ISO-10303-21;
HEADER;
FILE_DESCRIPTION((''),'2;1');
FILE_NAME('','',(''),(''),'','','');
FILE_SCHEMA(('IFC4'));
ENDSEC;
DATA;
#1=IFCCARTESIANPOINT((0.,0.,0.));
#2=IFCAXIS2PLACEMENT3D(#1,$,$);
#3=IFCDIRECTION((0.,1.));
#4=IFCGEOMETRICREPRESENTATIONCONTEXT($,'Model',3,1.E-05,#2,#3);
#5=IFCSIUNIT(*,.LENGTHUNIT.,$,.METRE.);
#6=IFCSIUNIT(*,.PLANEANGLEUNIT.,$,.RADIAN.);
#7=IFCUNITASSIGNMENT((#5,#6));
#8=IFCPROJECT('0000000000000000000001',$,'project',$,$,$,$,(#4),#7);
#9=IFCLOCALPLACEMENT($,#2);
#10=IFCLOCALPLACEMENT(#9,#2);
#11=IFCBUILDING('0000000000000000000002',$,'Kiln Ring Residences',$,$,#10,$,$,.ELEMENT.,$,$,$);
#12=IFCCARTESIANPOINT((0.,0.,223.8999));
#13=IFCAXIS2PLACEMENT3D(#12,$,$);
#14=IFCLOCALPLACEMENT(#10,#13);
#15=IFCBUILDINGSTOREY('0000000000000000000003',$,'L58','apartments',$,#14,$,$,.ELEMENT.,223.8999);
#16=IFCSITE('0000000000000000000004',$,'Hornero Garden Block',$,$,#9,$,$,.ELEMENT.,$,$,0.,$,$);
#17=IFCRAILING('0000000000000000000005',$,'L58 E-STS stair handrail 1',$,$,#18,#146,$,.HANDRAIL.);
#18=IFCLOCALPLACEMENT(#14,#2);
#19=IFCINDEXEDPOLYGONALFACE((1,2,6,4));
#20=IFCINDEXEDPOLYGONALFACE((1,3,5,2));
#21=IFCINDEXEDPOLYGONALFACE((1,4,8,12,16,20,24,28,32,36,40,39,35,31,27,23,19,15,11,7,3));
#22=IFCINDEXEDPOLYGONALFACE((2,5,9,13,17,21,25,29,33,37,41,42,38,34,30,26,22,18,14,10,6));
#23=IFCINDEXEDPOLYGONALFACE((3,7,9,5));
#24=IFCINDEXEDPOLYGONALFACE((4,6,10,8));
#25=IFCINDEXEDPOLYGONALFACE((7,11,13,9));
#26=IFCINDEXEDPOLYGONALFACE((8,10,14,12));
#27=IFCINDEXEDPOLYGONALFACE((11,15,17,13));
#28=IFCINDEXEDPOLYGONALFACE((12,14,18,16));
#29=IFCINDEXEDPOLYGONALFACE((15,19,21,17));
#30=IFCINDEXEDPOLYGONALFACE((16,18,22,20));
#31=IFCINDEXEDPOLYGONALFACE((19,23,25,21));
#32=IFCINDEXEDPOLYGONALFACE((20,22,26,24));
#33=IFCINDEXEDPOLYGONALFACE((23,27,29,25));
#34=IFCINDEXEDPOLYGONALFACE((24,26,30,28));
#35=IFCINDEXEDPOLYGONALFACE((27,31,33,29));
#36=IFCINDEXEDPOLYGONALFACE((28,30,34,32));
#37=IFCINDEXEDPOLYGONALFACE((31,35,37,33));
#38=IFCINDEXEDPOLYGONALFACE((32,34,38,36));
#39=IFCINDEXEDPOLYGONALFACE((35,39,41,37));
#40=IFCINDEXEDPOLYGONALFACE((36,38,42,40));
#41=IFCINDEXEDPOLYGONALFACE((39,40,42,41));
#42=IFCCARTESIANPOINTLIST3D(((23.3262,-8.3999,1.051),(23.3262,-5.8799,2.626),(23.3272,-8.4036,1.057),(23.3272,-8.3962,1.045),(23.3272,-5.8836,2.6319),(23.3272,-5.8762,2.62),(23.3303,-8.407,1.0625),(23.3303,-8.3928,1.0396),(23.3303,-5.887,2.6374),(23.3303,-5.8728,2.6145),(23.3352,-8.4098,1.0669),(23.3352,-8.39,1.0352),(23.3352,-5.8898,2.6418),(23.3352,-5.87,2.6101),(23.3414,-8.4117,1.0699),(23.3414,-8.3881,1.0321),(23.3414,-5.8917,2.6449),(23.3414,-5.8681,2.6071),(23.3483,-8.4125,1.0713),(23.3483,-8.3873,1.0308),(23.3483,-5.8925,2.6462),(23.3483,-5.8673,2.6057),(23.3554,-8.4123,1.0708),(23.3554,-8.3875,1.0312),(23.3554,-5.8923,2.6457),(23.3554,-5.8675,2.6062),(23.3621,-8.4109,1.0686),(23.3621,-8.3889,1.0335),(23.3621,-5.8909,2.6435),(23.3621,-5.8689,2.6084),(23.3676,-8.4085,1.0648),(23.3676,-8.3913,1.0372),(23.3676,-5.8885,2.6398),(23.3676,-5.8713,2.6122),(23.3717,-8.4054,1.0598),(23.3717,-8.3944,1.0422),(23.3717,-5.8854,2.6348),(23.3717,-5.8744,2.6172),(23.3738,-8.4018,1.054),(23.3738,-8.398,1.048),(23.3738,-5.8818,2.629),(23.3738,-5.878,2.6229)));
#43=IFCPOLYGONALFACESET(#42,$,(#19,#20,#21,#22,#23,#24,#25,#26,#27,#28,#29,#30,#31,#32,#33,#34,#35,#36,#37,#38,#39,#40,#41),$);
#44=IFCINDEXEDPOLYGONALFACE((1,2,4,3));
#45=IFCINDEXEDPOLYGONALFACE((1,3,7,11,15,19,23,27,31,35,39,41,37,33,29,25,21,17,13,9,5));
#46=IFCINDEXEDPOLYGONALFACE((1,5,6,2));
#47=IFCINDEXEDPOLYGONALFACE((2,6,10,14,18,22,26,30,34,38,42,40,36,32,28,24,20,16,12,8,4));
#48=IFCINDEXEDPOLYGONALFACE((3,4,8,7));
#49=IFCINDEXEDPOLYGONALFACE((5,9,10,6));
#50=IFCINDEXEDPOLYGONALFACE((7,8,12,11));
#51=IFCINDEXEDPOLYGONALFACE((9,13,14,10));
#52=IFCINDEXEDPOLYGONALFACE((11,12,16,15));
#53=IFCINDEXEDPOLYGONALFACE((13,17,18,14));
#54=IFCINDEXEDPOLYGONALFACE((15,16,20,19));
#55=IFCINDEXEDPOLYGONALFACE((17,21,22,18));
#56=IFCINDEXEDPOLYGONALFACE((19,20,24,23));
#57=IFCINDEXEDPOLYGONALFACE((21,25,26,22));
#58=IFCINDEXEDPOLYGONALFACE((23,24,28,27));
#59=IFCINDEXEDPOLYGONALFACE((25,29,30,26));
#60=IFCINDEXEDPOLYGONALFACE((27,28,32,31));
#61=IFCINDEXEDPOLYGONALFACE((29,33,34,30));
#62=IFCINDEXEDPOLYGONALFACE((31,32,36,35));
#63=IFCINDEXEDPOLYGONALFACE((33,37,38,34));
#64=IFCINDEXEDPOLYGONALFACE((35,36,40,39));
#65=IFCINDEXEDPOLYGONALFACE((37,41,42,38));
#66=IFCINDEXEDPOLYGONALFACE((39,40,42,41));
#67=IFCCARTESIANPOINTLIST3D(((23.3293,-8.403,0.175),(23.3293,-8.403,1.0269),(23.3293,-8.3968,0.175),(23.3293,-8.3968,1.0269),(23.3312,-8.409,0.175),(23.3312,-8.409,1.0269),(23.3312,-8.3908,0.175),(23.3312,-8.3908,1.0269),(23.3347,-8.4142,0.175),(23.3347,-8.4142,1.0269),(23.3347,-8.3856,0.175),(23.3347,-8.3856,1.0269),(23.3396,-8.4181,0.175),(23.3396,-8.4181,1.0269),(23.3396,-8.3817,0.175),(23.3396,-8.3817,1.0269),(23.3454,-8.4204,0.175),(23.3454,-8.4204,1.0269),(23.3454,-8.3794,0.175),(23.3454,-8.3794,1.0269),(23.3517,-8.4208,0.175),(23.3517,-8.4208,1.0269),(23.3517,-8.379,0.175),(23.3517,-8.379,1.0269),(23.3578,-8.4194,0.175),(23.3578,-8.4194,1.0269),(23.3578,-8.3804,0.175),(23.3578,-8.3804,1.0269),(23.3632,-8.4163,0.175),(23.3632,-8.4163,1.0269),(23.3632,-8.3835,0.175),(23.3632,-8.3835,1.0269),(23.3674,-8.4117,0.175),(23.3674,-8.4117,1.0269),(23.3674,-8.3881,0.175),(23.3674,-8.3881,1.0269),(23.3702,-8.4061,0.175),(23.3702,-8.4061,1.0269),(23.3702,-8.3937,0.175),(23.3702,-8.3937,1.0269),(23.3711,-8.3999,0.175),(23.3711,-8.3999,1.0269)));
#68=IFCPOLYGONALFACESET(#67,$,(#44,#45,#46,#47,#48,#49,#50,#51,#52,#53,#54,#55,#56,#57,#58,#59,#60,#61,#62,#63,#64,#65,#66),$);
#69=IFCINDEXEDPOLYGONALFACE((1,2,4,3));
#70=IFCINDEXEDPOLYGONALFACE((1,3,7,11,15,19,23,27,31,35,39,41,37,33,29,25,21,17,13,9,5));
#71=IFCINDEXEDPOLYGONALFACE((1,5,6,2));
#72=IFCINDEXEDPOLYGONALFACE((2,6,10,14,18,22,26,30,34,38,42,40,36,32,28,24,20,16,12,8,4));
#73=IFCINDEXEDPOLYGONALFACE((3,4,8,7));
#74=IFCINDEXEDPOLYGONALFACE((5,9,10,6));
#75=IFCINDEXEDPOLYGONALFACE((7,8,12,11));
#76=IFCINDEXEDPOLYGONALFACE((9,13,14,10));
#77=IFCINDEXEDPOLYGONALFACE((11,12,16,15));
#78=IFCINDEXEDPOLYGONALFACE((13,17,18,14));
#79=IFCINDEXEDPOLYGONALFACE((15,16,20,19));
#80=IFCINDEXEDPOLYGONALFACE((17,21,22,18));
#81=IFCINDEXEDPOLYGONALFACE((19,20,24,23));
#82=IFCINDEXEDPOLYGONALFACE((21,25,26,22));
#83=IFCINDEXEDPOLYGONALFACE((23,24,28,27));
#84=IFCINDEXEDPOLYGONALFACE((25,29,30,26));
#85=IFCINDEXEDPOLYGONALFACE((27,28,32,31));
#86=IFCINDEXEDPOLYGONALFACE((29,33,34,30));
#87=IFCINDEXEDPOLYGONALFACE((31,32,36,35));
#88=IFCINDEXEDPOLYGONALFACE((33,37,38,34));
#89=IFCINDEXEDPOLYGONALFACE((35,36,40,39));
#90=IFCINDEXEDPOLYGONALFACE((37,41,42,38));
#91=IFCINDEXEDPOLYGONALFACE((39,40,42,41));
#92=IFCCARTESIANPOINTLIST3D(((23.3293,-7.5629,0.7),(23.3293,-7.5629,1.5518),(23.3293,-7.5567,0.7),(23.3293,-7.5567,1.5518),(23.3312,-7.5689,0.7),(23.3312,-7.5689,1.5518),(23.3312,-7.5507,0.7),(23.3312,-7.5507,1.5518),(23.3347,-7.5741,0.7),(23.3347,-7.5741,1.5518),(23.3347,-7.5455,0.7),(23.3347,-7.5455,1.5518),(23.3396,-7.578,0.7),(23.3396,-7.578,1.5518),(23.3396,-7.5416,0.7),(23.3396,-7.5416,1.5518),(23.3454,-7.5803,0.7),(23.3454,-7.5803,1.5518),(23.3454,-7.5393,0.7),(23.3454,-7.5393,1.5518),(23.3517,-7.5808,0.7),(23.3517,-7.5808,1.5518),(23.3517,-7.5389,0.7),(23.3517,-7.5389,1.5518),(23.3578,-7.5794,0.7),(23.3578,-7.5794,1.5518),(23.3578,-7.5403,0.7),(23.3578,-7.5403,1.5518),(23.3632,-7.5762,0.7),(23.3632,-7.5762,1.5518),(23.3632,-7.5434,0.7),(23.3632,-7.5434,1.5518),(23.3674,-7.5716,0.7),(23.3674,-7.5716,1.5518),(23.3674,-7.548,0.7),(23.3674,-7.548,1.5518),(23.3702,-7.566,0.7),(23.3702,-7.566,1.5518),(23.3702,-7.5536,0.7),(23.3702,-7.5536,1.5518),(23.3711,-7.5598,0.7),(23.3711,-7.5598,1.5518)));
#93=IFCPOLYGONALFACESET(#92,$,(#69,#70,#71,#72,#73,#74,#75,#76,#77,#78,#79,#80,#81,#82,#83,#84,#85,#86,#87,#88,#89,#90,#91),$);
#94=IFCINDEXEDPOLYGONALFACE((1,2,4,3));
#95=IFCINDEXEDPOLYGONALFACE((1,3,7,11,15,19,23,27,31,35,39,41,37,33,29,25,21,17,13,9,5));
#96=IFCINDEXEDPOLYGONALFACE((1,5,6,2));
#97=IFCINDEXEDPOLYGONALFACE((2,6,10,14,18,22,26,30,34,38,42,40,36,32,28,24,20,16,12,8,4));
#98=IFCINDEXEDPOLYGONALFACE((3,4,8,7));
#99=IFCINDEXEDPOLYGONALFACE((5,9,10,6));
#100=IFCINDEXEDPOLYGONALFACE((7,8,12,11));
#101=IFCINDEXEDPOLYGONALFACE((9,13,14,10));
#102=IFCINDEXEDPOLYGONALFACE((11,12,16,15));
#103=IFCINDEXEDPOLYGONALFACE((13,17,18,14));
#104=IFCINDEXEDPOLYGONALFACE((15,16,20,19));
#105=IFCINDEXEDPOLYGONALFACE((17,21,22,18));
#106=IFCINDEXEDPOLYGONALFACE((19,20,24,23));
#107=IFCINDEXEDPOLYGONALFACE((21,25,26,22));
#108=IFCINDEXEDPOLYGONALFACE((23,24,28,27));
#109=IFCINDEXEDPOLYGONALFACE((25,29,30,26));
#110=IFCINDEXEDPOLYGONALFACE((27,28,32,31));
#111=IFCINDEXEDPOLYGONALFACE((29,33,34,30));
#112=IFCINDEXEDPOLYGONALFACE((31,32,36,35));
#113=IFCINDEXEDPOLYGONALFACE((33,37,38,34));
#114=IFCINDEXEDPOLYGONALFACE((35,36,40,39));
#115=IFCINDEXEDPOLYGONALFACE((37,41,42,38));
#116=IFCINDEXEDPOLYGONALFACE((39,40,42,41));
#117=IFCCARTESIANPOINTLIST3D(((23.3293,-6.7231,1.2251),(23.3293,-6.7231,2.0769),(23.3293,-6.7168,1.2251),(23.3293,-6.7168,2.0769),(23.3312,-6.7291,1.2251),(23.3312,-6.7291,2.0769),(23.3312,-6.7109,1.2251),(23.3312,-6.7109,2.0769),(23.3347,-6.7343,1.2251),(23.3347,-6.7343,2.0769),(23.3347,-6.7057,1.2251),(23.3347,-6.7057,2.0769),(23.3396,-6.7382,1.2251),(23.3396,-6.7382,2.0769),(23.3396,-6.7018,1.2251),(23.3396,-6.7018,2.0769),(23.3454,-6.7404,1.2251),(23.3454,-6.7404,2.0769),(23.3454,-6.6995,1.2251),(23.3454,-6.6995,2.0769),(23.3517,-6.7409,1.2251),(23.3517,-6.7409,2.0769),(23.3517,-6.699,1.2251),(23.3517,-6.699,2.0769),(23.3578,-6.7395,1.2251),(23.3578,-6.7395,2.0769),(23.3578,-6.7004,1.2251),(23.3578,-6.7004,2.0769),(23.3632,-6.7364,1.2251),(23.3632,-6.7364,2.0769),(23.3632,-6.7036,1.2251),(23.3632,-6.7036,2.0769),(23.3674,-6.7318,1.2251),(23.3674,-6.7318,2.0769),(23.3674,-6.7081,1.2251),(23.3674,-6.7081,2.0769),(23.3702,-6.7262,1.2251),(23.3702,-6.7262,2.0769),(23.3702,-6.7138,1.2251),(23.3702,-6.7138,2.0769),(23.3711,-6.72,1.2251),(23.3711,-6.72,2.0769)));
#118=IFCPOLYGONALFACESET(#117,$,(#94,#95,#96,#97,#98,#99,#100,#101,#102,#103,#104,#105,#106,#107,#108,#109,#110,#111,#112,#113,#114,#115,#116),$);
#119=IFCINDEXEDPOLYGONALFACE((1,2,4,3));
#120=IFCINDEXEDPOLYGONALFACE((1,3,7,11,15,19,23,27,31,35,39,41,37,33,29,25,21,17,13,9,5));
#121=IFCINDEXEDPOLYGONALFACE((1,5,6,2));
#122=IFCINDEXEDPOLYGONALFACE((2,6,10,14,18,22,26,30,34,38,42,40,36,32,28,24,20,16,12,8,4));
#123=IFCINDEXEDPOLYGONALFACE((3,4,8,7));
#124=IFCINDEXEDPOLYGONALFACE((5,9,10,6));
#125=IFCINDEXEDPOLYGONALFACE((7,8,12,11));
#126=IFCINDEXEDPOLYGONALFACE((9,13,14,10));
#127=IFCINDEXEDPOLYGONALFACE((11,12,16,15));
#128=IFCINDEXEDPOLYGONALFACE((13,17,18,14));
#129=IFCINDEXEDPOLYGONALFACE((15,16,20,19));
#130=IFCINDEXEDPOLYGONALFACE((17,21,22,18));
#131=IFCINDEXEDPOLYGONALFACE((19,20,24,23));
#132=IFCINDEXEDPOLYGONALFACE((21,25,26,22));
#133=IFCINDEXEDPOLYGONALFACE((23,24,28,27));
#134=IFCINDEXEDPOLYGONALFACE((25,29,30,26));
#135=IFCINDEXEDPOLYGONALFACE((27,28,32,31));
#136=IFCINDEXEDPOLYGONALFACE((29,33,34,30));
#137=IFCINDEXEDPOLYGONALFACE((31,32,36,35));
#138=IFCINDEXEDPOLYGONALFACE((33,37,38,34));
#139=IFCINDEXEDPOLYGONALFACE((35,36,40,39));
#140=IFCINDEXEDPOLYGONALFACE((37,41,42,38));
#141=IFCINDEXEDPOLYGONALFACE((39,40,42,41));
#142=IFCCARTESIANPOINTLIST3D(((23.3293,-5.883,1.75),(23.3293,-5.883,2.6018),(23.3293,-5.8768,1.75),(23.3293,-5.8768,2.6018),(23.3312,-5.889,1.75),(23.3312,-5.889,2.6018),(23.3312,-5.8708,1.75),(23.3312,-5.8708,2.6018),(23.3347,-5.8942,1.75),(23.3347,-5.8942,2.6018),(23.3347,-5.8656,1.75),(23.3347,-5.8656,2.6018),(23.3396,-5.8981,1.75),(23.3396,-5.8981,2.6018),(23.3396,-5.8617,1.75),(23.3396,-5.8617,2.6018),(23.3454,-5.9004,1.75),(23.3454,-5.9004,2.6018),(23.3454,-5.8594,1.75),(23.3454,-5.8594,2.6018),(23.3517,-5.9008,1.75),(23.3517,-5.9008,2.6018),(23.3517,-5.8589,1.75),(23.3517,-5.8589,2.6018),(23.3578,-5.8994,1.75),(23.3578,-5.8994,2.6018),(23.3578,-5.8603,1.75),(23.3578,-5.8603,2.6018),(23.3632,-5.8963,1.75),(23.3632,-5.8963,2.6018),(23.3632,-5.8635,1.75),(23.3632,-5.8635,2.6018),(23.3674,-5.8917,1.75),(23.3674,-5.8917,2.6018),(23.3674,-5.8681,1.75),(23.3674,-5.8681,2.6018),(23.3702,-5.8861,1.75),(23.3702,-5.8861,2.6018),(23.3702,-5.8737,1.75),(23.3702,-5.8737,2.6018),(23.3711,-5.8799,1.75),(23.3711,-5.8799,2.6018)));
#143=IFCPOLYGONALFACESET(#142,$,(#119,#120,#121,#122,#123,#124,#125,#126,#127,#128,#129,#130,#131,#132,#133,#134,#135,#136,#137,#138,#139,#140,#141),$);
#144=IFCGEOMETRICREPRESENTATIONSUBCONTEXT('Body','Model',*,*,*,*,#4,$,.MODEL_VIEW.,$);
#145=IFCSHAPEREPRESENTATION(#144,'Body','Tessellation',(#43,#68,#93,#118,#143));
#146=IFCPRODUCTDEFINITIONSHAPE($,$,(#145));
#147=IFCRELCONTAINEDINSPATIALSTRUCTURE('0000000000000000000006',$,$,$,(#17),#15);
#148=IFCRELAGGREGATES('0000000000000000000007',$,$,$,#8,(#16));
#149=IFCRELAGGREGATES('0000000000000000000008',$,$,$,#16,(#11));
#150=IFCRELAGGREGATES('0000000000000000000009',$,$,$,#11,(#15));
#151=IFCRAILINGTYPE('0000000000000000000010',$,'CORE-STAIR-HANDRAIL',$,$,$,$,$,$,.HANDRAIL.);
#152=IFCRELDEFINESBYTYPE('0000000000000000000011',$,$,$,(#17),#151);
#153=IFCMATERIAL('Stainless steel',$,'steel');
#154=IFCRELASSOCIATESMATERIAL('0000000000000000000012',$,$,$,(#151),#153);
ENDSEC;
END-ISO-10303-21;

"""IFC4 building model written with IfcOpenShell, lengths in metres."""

from ifc_helpers import new_model, si_unit, direction, frame, origin, origin_2d, place, context, subcontext, project, spatial, circle, extrude, material, type_object, element, save


model = new_model("IFC4")

# Units and contexts
model_context = context("Model", 3, precision=1e-05, world=origin(), true_north=direction((0.0, 1.0)))
body_context = subcontext(model_context, "Body", "Model", "MODEL_VIEW")
ifc_project = project(units=[si_unit("LENGTHUNIT", "METRE"), si_unit("PLANEANGLEUNIT", "RADIAN")], contexts=[model_context])

# Site, building, storey
site_placement = place(None, origin())
site = spatial("IfcSite", under=ifc_project, at=site_placement, Name="Hornero Garden Block", CompositionType="ELEMENT", RefElevation=0.0)
building_placement = place(site_placement, origin())
building = spatial("IfcBuilding", under=site, at=building_placement, Name="Kiln Ring Residences", CompositionType="ELEMENT")
storey_placement = place(building_placement, frame((0.0, 0.0, 223.8999)))
storey = spatial("IfcBuildingStorey", under=building, at=storey_placement, Name="L58", Description="apartments", CompositionType="ELEMENT", Elevation=223.8999)

# Railing
ifc_material_1 = material(Name="Stainless steel", Category="steel")
railing_type_1 = type_object("IfcRailingType", Name="CORE-STAIR-HANDRAIL", PredefinedType="HANDRAIL", material=ifc_material_1)
railing_1_placement = place(storey_placement, frame((23.3501, -8.3999, 0.175)))
element("IfcRailing", 1, at=railing_1_placement, inside=storey, type_object=railing_type_1, Name="L58 E-STS stair handrail 1", PredefinedType="HANDRAIL", context=body_context, shape_type="SweptSolid", body=[
    extrude(circle(Radius=0.0239, at=origin_2d()), frame((0.0, 0.0, 0.876), z_axis=(0.0, 0.848008, 0.529984), x_axis=(-1.0, 0.0, 0.0)), (0.0, 0.0, 1.0), 2.9717),
    extrude(circle(Radius=0.021, at=origin_2d()), origin(), (0.0, 0.0, 1.0), 0.8518),
    extrude(circle(Radius=0.021, at=origin_2d()), frame((0.0, 0.8401, 0.5249)), (0.0, 0.0, 1.0), 0.8518),
    extrude(circle(Radius=0.021, at=origin_2d()), frame((0.0, 1.6799, 1.05)), (0.0, 0.0, 1.0), 0.8518),
    extrude(circle(Radius=0.021, at=origin_2d()), frame((0.0, 2.52, 1.575)), (0.0, 0.0, 1.0), 0.8518),
])

save(model, "model.ifc")
